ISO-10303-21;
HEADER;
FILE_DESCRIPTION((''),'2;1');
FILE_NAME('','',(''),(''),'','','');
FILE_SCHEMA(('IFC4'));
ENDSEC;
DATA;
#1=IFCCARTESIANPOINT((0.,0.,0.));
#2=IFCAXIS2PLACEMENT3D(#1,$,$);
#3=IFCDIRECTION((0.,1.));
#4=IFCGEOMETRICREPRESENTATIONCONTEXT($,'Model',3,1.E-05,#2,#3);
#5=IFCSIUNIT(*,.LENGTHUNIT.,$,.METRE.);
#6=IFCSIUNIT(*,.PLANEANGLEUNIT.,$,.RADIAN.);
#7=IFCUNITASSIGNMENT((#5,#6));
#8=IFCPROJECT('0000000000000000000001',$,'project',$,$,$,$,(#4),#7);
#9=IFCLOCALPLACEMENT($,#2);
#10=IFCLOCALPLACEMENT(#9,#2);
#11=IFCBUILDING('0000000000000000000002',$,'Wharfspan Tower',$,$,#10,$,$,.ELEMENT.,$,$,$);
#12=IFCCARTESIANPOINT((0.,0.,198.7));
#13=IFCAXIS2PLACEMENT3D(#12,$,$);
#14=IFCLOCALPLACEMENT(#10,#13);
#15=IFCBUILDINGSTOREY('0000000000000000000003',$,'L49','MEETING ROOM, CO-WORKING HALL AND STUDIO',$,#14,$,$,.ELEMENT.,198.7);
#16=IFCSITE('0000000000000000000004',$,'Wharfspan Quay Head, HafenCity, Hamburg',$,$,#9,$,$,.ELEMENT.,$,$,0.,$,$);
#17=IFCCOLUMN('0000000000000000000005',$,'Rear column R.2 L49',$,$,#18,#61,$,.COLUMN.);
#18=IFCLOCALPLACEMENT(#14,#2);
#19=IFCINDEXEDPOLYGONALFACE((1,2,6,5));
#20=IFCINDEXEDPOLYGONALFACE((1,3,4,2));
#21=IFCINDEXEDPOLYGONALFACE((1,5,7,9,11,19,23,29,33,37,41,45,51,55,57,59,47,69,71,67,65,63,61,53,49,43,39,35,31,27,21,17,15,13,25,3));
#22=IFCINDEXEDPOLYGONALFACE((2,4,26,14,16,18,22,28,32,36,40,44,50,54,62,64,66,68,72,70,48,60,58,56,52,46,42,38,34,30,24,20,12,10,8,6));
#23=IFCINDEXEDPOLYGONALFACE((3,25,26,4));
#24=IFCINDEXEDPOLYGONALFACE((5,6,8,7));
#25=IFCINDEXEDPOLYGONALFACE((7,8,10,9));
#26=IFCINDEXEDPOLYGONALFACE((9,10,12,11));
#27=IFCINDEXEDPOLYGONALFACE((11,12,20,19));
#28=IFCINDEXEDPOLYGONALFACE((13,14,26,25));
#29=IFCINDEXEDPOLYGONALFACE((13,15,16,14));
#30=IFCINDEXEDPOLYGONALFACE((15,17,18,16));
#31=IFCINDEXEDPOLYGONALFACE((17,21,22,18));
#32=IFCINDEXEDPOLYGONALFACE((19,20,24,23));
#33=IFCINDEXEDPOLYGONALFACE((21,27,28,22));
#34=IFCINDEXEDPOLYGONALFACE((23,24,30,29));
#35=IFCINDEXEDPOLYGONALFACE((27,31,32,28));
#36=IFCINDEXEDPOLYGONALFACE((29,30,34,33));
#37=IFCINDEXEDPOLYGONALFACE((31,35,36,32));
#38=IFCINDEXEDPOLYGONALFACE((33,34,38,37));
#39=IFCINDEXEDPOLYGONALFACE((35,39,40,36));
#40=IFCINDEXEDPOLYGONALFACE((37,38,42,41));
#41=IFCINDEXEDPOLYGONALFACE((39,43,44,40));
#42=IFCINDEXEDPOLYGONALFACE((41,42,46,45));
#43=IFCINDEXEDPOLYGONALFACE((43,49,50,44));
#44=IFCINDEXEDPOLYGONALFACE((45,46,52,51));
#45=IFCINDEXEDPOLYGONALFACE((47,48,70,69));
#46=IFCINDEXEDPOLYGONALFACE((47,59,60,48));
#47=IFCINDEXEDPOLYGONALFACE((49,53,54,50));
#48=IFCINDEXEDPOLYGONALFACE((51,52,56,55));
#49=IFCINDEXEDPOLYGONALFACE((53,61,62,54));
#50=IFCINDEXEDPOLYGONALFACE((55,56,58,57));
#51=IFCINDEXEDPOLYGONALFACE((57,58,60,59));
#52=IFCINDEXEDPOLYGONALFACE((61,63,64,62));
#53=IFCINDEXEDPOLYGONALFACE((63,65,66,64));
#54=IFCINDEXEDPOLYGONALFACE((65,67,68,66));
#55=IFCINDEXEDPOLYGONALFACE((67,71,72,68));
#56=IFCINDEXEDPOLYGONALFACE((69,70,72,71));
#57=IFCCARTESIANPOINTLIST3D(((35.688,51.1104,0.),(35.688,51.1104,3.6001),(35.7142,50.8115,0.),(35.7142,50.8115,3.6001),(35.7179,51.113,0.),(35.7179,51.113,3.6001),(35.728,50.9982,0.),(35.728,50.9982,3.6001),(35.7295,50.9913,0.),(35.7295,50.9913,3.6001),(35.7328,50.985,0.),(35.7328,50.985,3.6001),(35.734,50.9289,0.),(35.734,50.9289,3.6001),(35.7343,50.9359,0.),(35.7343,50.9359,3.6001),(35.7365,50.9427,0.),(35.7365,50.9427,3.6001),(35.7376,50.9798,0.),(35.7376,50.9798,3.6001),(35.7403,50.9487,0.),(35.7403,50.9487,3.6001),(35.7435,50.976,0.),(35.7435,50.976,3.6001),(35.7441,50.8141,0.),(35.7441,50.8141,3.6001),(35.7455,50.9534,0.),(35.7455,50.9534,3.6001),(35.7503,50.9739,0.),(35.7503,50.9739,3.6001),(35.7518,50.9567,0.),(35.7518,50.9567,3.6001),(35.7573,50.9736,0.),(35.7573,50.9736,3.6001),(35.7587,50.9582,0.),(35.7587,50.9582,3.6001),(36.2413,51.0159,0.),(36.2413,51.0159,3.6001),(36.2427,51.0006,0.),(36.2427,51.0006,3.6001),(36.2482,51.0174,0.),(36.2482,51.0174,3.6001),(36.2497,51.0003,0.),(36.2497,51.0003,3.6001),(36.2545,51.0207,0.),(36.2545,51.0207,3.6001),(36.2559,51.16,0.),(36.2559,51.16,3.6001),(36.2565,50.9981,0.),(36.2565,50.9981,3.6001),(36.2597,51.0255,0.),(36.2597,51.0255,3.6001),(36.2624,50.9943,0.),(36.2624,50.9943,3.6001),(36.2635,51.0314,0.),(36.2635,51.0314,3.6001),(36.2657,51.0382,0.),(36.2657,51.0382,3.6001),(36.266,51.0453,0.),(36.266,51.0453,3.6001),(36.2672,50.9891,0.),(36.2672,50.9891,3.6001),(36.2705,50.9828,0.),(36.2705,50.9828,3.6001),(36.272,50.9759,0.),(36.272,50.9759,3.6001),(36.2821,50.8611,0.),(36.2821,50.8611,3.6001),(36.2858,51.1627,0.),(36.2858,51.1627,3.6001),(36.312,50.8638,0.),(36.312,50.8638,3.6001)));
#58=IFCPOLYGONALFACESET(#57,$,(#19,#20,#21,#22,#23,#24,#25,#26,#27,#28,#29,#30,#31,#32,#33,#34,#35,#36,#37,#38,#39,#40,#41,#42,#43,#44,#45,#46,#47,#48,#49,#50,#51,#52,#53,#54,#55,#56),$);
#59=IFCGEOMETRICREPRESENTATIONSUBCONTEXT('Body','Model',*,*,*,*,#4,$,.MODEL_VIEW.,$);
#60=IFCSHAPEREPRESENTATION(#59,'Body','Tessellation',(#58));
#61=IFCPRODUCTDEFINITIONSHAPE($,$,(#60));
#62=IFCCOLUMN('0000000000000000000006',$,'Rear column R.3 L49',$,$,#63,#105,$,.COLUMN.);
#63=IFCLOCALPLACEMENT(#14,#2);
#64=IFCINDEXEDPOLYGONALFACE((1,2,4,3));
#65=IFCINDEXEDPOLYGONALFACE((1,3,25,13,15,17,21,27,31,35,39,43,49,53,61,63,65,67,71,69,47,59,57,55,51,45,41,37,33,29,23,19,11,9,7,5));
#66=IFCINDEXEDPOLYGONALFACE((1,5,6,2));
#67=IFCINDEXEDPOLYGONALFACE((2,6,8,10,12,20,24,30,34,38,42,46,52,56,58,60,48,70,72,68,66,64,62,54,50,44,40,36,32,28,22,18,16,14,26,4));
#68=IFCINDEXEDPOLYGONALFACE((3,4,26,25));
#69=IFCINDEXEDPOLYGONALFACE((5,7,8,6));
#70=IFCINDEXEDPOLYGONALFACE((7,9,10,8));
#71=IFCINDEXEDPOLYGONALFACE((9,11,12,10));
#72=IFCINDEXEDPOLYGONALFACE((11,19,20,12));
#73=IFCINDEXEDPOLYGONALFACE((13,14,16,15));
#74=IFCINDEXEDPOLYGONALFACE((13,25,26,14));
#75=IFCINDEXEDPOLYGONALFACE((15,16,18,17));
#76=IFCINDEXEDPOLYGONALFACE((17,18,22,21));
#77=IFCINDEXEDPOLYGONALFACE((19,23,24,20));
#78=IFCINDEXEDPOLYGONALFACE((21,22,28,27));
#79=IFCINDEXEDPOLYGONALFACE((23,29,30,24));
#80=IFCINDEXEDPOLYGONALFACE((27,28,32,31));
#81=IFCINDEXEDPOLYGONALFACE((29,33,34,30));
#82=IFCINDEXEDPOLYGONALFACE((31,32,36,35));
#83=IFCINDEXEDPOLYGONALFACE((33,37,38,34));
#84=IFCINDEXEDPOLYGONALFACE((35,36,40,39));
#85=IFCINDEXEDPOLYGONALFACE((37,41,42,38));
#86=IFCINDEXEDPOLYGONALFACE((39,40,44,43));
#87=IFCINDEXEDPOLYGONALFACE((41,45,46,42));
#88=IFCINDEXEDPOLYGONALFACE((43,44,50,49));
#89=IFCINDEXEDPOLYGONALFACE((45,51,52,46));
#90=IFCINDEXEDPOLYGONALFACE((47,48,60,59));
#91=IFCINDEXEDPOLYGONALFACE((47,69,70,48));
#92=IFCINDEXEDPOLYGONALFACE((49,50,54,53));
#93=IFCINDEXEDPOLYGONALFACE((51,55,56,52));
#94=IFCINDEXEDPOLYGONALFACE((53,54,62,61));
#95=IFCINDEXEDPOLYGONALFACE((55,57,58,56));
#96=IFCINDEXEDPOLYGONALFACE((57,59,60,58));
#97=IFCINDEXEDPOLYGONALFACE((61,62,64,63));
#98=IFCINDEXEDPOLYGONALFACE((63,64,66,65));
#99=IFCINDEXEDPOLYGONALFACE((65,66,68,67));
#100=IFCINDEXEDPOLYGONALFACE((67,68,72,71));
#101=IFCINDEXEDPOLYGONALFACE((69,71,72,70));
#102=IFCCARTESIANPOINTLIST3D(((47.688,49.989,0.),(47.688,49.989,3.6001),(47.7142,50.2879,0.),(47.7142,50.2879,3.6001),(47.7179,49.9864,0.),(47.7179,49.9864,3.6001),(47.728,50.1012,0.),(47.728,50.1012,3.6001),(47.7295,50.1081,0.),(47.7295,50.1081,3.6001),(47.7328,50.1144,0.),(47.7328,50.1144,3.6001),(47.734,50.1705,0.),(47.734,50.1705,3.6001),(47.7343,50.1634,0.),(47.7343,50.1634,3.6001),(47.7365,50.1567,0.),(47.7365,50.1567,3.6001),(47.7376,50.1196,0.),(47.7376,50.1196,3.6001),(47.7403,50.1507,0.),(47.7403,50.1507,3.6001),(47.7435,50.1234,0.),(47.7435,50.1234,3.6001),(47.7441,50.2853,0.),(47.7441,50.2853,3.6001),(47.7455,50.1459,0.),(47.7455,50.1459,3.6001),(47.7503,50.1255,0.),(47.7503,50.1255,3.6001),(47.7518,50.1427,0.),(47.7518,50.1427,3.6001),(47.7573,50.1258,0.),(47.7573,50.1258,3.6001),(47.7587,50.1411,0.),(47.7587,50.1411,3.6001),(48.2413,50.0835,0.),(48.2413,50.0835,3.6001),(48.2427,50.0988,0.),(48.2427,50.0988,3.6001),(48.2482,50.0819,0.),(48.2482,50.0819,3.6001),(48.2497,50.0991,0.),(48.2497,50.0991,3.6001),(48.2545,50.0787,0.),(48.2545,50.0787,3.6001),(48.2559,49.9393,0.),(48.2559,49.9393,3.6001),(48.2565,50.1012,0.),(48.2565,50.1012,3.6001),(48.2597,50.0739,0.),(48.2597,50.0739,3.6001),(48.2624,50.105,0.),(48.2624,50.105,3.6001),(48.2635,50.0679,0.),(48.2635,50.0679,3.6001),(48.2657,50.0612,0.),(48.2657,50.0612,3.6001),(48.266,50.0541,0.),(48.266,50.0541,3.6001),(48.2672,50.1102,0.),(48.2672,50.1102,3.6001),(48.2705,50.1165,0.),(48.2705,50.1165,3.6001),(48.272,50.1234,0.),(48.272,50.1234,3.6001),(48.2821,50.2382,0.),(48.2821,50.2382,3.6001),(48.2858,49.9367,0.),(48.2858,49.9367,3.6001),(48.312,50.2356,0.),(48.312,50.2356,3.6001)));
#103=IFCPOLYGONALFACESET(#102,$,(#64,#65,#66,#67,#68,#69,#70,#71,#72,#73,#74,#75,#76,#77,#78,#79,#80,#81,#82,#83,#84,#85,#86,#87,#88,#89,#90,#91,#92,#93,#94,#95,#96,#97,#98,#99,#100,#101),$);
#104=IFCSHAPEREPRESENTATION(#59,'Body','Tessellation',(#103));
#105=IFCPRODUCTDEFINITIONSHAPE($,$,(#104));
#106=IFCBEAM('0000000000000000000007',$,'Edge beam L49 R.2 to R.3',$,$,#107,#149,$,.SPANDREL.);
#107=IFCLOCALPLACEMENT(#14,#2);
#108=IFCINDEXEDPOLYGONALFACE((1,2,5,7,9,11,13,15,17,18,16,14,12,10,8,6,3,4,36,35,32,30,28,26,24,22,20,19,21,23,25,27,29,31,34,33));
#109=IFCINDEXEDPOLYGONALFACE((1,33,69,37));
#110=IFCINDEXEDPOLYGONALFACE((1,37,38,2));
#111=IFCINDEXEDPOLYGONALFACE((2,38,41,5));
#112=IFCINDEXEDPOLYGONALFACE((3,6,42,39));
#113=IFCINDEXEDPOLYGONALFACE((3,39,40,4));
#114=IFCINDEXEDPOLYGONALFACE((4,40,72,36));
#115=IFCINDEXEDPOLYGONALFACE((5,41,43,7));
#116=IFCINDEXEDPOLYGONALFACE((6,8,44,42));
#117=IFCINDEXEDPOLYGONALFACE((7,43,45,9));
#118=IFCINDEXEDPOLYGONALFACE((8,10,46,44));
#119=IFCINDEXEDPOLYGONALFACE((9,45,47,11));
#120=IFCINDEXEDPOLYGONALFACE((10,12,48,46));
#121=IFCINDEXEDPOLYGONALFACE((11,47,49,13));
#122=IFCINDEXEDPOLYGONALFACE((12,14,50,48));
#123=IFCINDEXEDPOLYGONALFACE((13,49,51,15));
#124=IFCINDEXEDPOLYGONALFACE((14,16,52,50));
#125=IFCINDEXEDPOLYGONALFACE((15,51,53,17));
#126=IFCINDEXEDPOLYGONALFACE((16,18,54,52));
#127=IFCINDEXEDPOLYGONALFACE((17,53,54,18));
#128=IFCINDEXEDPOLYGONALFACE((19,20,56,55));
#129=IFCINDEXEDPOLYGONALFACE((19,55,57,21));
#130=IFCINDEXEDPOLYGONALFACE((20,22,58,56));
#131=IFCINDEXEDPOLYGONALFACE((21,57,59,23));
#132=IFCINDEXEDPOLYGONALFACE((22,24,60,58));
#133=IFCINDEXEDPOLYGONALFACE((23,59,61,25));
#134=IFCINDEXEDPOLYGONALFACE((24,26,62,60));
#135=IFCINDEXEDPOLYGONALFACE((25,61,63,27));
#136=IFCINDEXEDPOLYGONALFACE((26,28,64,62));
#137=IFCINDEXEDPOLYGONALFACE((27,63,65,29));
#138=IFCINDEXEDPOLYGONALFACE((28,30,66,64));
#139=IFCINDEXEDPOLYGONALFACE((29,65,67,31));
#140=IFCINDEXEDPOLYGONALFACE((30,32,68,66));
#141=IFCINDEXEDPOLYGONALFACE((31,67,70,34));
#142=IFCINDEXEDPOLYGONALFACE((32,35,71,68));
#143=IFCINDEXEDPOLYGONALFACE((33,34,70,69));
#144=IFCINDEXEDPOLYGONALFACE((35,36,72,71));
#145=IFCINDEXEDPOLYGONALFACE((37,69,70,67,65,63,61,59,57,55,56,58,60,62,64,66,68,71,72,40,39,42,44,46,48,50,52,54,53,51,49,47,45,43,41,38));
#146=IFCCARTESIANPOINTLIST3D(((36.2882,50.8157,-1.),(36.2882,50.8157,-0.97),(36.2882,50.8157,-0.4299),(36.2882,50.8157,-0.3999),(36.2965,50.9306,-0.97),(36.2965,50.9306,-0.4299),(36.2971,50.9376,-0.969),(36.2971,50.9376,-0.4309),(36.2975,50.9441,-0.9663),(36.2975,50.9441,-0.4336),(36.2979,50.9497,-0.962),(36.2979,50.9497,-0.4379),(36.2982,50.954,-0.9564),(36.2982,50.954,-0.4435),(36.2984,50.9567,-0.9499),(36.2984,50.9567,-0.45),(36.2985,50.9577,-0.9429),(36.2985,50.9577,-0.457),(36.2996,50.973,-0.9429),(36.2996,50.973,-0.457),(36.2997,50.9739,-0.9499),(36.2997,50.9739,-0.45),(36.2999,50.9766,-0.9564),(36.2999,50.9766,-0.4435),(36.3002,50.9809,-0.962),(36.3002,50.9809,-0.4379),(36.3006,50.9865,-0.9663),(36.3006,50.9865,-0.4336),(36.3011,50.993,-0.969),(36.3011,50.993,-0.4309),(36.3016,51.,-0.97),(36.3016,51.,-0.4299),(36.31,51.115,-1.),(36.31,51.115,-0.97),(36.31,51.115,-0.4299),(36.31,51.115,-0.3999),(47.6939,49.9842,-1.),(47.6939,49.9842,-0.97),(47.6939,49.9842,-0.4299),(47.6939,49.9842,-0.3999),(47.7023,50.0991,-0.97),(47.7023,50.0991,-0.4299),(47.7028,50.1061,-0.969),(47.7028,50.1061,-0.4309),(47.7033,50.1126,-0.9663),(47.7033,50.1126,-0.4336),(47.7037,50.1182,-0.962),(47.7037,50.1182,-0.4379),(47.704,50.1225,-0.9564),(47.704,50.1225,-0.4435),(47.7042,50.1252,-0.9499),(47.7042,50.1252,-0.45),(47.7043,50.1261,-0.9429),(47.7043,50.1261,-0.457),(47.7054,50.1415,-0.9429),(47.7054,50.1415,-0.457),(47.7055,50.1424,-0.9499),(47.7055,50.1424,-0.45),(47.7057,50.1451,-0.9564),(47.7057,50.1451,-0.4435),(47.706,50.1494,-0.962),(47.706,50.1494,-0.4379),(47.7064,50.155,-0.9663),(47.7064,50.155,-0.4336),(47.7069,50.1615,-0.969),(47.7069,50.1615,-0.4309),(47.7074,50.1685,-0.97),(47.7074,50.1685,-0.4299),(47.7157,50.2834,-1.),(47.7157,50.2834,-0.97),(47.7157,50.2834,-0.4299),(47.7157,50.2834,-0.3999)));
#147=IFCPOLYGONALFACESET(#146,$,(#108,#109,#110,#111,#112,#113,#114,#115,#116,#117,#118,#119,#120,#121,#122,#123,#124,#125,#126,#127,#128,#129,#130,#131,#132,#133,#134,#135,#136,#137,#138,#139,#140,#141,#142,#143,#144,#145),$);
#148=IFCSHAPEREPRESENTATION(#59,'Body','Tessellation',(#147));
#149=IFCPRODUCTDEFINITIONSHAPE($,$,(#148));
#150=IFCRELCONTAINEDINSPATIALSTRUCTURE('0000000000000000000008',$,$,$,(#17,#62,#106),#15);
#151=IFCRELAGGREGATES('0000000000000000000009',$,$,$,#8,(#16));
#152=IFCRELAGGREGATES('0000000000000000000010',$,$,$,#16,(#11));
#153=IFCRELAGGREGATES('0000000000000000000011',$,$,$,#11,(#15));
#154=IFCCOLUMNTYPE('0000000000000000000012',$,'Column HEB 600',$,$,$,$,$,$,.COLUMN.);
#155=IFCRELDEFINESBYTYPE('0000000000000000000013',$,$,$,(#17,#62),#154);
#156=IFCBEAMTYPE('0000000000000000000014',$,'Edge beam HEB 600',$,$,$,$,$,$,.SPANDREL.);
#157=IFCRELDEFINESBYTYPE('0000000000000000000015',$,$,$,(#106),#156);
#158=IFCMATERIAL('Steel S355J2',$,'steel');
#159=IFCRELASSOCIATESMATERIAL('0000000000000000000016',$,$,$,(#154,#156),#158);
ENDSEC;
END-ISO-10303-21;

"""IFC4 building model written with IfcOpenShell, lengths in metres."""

from ifc_helpers import new_model, si_unit, direction, frame, origin, origin_2d, place, context, subcontext, project, spatial, i_section, extrude, material, material_profile, profile_set, type_object, element, save


model = new_model("IFC4")

# Units and contexts
model_context = context("Model", 3, precision=1e-05, world=origin(), true_north=direction((0.0, 1.0)))
body_context = subcontext(model_context, "Body", "Model", "MODEL_VIEW")
ifc_project = project(units=[si_unit("LENGTHUNIT", "METRE"), si_unit("PLANEANGLEUNIT", "RADIAN")], contexts=[model_context])

# Site, building, storey
site_placement = place(None, origin())
site = spatial("IfcSite", under=ifc_project, at=site_placement, Name="Wharfspan Quay Head, HafenCity, Hamburg", CompositionType="ELEMENT", RefElevation=0.0)
building_placement = place(site_placement, origin())
building = spatial("IfcBuilding", under=site, at=building_placement, Name="Wharfspan Tower", CompositionType="ELEMENT")
storey_placement = place(building_placement, frame((0.0, 0.0, 198.7)))
storey = spatial("IfcBuildingStorey", under=building, at=storey_placement, Name="L49", Description="MEETING ROOM, CO-WORKING HALL AND STUDIO", CompositionType="ELEMENT", Elevation=198.7)

# Columns
ifc_material_1 = material(Name="Steel S355J2", Category="steel")
ifc_material_profile_1 = material_profile(ifc_material_1, i_section(OverallWidth=0.3, OverallDepth=0.6001, WebThickness=0.0154, FlangeThickness=0.03, FilletRadius=0.0271, at=origin_2d()))
ifc_profile_set_1 = profile_set([ifc_material_profile_1], Name="Steel S355J2")
column_type = type_object("IfcColumnType", Name="Column HEB 600", PredefinedType="COLUMN", material=ifc_profile_set_1)
for number, where, z_axis, x_axis, name in (
    (1, (36.0, 50.9871, 0.0), (0.0, 0.0, 1.0), (-0.087156, 0.996198, 0.0), "Rear column R.2 L49"),
    (2, (48.0, 50.1123, 0.0), (0.0, 0.0, 1.0), (0.087156, 0.996198, 0.0), "Rear column R.3 L49"),
):
    element("IfcColumn", number, at=place(storey_placement, frame(where, z_axis=z_axis, x_axis=x_axis)), inside=storey, type_object=column_type, Name=name, PredefinedType="COLUMN", context=body_context, shape_type="SweptSolid", body=[
        extrude(i_section(OverallWidth=0.3, OverallDepth=0.6001, WebThickness=0.0154, FlangeThickness=0.03, FilletRadius=0.0271, at=origin_2d()), origin(), (0.0, 0.0, 1.0), 3.6001),
    ])

# Beam
ifc_material_profile_2 = material_profile(ifc_material_1, i_section(OverallWidth=0.3, OverallDepth=0.6001, WebThickness=0.0154, FlangeThickness=0.03, FilletRadius=0.0271, at=origin_2d()))
ifc_profile_set_2 = profile_set([ifc_material_profile_2], Name="Steel S355J2")
beam_type = type_object("IfcBeamType", Name="Edge beam HEB 600", PredefinedType="SPANDREL", material=ifc_profile_set_2)
beam_placement = place(storey_placement, frame((36.2991, 50.9653, -0.7), z_axis=(0.997353, -0.072713, 0.0), x_axis=(0.072713, 0.997353, 0.0)))
element("IfcBeam", 3, at=beam_placement, inside=storey, type_object=beam_type, Name="Edge beam L49 R.2 to R.3", PredefinedType="SPANDREL", context=body_context, shape_type="SweptSolid", body=[
    extrude(i_section(OverallWidth=0.3, OverallDepth=0.6001, WebThickness=0.0154, FlangeThickness=0.03, FilletRadius=0.0271, at=origin_2d()), origin(), (0.0, 0.0, 1.0), 11.436),
])

save(model, "model.ifc")
